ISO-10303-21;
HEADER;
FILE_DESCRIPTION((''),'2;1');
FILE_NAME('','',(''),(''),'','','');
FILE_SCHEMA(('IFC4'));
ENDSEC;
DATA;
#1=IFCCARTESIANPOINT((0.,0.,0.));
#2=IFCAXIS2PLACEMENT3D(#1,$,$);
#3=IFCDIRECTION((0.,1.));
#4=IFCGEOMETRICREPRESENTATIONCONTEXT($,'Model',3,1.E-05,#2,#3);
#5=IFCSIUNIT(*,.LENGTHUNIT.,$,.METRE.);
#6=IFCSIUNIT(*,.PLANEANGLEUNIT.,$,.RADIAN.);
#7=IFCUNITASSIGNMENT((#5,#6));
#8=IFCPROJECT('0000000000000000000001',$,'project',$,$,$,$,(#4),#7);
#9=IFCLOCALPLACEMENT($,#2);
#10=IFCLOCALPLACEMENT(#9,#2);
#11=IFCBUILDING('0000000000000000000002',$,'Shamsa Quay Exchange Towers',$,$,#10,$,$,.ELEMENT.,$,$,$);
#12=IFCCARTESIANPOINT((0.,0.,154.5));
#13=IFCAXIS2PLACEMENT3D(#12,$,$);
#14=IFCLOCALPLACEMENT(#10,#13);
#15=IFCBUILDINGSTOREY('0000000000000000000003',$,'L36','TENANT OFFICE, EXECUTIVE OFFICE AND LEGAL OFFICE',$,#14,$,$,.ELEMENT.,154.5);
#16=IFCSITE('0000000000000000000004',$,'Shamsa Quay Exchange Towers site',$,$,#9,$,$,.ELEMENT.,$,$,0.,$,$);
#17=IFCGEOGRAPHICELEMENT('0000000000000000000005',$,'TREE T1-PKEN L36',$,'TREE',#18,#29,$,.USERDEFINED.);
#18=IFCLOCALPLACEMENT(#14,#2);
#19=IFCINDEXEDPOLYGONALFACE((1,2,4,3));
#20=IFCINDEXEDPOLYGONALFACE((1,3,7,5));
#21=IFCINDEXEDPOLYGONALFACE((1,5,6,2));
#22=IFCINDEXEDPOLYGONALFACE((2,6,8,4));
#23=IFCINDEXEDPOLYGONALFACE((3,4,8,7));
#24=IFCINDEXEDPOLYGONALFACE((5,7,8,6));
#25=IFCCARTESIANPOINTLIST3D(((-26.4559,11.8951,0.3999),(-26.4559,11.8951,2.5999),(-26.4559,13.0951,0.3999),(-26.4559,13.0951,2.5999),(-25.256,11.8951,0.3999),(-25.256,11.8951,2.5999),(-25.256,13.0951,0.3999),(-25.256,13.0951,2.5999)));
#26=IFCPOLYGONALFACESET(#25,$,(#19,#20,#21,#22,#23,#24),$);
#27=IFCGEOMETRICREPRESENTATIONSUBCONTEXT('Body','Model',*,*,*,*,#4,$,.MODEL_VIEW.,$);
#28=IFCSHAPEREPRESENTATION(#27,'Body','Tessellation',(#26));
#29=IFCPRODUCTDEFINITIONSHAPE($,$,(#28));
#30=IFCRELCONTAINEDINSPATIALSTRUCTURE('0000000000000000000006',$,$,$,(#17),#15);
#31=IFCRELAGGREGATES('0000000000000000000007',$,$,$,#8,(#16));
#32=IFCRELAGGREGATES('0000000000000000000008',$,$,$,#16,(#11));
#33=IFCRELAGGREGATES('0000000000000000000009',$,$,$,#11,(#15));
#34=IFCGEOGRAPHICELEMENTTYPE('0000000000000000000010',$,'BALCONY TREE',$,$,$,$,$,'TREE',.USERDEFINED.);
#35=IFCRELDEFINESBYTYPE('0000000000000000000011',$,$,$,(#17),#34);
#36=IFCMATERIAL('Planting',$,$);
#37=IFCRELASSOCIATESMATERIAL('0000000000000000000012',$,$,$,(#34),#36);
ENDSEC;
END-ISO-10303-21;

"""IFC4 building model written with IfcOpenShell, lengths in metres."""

from ifc_helpers import new_model, si_unit, direction, frame, origin, origin_2d, place, context, subcontext, project, spatial, rectangle, extrude, material, type_object, element, save


model = new_model("IFC4")

# Units and contexts
model_context = context("Model", 3, precision=1e-05, world=origin(), true_north=direction((0.0, 1.0)))
body_context = subcontext(model_context, "Body", "Model", "MODEL_VIEW")
ifc_project = project(units=[si_unit("LENGTHUNIT", "METRE"), si_unit("PLANEANGLEUNIT", "RADIAN")], contexts=[model_context])

# Site, building, storey
site_placement = place(None, origin())
site = spatial("IfcSite", under=ifc_project, at=site_placement, Name="Shamsa Quay Exchange Towers site", CompositionType="ELEMENT", RefElevation=0.0)
building_placement = place(site_placement, origin())
building = spatial("IfcBuilding", under=site, at=building_placement, Name="Shamsa Quay Exchange Towers", CompositionType="ELEMENT")
storey_placement = place(building_placement, frame((0.0, 0.0, 154.5)))
storey = spatial("IfcBuildingStorey", under=building, at=storey_placement, Name="L36", Description="TENANT OFFICE, EXECUTIVE OFFICE AND LEGAL OFFICE", CompositionType="ELEMENT", Elevation=154.5)

# Geographic element
ifc_material_1 = material(Name="Planting")
geographic_element_type = type_object("IfcGeographicElementType", Name="BALCONY TREE", ElementType="TREE", PredefinedType="USERDEFINED", material=ifc_material_1)
geographic_element_placement = place(storey_placement, frame((-25.856, 12.4951, 0.3999), z_axis=(0.0, 0.0, 1.0), x_axis=(-1.0, 0.0, 0.0)))
element("IfcGeographicElement", 1, at=geographic_element_placement, inside=storey, type_object=geographic_element_type, Name="TREE T1-PKEN L36", ObjectType="TREE", PredefinedType="USERDEFINED", context=body_context, shape_type="SweptSolid", body=[
    extrude(rectangle(XDim=1.2, YDim=1.2, at=origin_2d()), origin(), (0.0, 0.0, 1.0), 2.2),
])

save(model, "model.ifc")
